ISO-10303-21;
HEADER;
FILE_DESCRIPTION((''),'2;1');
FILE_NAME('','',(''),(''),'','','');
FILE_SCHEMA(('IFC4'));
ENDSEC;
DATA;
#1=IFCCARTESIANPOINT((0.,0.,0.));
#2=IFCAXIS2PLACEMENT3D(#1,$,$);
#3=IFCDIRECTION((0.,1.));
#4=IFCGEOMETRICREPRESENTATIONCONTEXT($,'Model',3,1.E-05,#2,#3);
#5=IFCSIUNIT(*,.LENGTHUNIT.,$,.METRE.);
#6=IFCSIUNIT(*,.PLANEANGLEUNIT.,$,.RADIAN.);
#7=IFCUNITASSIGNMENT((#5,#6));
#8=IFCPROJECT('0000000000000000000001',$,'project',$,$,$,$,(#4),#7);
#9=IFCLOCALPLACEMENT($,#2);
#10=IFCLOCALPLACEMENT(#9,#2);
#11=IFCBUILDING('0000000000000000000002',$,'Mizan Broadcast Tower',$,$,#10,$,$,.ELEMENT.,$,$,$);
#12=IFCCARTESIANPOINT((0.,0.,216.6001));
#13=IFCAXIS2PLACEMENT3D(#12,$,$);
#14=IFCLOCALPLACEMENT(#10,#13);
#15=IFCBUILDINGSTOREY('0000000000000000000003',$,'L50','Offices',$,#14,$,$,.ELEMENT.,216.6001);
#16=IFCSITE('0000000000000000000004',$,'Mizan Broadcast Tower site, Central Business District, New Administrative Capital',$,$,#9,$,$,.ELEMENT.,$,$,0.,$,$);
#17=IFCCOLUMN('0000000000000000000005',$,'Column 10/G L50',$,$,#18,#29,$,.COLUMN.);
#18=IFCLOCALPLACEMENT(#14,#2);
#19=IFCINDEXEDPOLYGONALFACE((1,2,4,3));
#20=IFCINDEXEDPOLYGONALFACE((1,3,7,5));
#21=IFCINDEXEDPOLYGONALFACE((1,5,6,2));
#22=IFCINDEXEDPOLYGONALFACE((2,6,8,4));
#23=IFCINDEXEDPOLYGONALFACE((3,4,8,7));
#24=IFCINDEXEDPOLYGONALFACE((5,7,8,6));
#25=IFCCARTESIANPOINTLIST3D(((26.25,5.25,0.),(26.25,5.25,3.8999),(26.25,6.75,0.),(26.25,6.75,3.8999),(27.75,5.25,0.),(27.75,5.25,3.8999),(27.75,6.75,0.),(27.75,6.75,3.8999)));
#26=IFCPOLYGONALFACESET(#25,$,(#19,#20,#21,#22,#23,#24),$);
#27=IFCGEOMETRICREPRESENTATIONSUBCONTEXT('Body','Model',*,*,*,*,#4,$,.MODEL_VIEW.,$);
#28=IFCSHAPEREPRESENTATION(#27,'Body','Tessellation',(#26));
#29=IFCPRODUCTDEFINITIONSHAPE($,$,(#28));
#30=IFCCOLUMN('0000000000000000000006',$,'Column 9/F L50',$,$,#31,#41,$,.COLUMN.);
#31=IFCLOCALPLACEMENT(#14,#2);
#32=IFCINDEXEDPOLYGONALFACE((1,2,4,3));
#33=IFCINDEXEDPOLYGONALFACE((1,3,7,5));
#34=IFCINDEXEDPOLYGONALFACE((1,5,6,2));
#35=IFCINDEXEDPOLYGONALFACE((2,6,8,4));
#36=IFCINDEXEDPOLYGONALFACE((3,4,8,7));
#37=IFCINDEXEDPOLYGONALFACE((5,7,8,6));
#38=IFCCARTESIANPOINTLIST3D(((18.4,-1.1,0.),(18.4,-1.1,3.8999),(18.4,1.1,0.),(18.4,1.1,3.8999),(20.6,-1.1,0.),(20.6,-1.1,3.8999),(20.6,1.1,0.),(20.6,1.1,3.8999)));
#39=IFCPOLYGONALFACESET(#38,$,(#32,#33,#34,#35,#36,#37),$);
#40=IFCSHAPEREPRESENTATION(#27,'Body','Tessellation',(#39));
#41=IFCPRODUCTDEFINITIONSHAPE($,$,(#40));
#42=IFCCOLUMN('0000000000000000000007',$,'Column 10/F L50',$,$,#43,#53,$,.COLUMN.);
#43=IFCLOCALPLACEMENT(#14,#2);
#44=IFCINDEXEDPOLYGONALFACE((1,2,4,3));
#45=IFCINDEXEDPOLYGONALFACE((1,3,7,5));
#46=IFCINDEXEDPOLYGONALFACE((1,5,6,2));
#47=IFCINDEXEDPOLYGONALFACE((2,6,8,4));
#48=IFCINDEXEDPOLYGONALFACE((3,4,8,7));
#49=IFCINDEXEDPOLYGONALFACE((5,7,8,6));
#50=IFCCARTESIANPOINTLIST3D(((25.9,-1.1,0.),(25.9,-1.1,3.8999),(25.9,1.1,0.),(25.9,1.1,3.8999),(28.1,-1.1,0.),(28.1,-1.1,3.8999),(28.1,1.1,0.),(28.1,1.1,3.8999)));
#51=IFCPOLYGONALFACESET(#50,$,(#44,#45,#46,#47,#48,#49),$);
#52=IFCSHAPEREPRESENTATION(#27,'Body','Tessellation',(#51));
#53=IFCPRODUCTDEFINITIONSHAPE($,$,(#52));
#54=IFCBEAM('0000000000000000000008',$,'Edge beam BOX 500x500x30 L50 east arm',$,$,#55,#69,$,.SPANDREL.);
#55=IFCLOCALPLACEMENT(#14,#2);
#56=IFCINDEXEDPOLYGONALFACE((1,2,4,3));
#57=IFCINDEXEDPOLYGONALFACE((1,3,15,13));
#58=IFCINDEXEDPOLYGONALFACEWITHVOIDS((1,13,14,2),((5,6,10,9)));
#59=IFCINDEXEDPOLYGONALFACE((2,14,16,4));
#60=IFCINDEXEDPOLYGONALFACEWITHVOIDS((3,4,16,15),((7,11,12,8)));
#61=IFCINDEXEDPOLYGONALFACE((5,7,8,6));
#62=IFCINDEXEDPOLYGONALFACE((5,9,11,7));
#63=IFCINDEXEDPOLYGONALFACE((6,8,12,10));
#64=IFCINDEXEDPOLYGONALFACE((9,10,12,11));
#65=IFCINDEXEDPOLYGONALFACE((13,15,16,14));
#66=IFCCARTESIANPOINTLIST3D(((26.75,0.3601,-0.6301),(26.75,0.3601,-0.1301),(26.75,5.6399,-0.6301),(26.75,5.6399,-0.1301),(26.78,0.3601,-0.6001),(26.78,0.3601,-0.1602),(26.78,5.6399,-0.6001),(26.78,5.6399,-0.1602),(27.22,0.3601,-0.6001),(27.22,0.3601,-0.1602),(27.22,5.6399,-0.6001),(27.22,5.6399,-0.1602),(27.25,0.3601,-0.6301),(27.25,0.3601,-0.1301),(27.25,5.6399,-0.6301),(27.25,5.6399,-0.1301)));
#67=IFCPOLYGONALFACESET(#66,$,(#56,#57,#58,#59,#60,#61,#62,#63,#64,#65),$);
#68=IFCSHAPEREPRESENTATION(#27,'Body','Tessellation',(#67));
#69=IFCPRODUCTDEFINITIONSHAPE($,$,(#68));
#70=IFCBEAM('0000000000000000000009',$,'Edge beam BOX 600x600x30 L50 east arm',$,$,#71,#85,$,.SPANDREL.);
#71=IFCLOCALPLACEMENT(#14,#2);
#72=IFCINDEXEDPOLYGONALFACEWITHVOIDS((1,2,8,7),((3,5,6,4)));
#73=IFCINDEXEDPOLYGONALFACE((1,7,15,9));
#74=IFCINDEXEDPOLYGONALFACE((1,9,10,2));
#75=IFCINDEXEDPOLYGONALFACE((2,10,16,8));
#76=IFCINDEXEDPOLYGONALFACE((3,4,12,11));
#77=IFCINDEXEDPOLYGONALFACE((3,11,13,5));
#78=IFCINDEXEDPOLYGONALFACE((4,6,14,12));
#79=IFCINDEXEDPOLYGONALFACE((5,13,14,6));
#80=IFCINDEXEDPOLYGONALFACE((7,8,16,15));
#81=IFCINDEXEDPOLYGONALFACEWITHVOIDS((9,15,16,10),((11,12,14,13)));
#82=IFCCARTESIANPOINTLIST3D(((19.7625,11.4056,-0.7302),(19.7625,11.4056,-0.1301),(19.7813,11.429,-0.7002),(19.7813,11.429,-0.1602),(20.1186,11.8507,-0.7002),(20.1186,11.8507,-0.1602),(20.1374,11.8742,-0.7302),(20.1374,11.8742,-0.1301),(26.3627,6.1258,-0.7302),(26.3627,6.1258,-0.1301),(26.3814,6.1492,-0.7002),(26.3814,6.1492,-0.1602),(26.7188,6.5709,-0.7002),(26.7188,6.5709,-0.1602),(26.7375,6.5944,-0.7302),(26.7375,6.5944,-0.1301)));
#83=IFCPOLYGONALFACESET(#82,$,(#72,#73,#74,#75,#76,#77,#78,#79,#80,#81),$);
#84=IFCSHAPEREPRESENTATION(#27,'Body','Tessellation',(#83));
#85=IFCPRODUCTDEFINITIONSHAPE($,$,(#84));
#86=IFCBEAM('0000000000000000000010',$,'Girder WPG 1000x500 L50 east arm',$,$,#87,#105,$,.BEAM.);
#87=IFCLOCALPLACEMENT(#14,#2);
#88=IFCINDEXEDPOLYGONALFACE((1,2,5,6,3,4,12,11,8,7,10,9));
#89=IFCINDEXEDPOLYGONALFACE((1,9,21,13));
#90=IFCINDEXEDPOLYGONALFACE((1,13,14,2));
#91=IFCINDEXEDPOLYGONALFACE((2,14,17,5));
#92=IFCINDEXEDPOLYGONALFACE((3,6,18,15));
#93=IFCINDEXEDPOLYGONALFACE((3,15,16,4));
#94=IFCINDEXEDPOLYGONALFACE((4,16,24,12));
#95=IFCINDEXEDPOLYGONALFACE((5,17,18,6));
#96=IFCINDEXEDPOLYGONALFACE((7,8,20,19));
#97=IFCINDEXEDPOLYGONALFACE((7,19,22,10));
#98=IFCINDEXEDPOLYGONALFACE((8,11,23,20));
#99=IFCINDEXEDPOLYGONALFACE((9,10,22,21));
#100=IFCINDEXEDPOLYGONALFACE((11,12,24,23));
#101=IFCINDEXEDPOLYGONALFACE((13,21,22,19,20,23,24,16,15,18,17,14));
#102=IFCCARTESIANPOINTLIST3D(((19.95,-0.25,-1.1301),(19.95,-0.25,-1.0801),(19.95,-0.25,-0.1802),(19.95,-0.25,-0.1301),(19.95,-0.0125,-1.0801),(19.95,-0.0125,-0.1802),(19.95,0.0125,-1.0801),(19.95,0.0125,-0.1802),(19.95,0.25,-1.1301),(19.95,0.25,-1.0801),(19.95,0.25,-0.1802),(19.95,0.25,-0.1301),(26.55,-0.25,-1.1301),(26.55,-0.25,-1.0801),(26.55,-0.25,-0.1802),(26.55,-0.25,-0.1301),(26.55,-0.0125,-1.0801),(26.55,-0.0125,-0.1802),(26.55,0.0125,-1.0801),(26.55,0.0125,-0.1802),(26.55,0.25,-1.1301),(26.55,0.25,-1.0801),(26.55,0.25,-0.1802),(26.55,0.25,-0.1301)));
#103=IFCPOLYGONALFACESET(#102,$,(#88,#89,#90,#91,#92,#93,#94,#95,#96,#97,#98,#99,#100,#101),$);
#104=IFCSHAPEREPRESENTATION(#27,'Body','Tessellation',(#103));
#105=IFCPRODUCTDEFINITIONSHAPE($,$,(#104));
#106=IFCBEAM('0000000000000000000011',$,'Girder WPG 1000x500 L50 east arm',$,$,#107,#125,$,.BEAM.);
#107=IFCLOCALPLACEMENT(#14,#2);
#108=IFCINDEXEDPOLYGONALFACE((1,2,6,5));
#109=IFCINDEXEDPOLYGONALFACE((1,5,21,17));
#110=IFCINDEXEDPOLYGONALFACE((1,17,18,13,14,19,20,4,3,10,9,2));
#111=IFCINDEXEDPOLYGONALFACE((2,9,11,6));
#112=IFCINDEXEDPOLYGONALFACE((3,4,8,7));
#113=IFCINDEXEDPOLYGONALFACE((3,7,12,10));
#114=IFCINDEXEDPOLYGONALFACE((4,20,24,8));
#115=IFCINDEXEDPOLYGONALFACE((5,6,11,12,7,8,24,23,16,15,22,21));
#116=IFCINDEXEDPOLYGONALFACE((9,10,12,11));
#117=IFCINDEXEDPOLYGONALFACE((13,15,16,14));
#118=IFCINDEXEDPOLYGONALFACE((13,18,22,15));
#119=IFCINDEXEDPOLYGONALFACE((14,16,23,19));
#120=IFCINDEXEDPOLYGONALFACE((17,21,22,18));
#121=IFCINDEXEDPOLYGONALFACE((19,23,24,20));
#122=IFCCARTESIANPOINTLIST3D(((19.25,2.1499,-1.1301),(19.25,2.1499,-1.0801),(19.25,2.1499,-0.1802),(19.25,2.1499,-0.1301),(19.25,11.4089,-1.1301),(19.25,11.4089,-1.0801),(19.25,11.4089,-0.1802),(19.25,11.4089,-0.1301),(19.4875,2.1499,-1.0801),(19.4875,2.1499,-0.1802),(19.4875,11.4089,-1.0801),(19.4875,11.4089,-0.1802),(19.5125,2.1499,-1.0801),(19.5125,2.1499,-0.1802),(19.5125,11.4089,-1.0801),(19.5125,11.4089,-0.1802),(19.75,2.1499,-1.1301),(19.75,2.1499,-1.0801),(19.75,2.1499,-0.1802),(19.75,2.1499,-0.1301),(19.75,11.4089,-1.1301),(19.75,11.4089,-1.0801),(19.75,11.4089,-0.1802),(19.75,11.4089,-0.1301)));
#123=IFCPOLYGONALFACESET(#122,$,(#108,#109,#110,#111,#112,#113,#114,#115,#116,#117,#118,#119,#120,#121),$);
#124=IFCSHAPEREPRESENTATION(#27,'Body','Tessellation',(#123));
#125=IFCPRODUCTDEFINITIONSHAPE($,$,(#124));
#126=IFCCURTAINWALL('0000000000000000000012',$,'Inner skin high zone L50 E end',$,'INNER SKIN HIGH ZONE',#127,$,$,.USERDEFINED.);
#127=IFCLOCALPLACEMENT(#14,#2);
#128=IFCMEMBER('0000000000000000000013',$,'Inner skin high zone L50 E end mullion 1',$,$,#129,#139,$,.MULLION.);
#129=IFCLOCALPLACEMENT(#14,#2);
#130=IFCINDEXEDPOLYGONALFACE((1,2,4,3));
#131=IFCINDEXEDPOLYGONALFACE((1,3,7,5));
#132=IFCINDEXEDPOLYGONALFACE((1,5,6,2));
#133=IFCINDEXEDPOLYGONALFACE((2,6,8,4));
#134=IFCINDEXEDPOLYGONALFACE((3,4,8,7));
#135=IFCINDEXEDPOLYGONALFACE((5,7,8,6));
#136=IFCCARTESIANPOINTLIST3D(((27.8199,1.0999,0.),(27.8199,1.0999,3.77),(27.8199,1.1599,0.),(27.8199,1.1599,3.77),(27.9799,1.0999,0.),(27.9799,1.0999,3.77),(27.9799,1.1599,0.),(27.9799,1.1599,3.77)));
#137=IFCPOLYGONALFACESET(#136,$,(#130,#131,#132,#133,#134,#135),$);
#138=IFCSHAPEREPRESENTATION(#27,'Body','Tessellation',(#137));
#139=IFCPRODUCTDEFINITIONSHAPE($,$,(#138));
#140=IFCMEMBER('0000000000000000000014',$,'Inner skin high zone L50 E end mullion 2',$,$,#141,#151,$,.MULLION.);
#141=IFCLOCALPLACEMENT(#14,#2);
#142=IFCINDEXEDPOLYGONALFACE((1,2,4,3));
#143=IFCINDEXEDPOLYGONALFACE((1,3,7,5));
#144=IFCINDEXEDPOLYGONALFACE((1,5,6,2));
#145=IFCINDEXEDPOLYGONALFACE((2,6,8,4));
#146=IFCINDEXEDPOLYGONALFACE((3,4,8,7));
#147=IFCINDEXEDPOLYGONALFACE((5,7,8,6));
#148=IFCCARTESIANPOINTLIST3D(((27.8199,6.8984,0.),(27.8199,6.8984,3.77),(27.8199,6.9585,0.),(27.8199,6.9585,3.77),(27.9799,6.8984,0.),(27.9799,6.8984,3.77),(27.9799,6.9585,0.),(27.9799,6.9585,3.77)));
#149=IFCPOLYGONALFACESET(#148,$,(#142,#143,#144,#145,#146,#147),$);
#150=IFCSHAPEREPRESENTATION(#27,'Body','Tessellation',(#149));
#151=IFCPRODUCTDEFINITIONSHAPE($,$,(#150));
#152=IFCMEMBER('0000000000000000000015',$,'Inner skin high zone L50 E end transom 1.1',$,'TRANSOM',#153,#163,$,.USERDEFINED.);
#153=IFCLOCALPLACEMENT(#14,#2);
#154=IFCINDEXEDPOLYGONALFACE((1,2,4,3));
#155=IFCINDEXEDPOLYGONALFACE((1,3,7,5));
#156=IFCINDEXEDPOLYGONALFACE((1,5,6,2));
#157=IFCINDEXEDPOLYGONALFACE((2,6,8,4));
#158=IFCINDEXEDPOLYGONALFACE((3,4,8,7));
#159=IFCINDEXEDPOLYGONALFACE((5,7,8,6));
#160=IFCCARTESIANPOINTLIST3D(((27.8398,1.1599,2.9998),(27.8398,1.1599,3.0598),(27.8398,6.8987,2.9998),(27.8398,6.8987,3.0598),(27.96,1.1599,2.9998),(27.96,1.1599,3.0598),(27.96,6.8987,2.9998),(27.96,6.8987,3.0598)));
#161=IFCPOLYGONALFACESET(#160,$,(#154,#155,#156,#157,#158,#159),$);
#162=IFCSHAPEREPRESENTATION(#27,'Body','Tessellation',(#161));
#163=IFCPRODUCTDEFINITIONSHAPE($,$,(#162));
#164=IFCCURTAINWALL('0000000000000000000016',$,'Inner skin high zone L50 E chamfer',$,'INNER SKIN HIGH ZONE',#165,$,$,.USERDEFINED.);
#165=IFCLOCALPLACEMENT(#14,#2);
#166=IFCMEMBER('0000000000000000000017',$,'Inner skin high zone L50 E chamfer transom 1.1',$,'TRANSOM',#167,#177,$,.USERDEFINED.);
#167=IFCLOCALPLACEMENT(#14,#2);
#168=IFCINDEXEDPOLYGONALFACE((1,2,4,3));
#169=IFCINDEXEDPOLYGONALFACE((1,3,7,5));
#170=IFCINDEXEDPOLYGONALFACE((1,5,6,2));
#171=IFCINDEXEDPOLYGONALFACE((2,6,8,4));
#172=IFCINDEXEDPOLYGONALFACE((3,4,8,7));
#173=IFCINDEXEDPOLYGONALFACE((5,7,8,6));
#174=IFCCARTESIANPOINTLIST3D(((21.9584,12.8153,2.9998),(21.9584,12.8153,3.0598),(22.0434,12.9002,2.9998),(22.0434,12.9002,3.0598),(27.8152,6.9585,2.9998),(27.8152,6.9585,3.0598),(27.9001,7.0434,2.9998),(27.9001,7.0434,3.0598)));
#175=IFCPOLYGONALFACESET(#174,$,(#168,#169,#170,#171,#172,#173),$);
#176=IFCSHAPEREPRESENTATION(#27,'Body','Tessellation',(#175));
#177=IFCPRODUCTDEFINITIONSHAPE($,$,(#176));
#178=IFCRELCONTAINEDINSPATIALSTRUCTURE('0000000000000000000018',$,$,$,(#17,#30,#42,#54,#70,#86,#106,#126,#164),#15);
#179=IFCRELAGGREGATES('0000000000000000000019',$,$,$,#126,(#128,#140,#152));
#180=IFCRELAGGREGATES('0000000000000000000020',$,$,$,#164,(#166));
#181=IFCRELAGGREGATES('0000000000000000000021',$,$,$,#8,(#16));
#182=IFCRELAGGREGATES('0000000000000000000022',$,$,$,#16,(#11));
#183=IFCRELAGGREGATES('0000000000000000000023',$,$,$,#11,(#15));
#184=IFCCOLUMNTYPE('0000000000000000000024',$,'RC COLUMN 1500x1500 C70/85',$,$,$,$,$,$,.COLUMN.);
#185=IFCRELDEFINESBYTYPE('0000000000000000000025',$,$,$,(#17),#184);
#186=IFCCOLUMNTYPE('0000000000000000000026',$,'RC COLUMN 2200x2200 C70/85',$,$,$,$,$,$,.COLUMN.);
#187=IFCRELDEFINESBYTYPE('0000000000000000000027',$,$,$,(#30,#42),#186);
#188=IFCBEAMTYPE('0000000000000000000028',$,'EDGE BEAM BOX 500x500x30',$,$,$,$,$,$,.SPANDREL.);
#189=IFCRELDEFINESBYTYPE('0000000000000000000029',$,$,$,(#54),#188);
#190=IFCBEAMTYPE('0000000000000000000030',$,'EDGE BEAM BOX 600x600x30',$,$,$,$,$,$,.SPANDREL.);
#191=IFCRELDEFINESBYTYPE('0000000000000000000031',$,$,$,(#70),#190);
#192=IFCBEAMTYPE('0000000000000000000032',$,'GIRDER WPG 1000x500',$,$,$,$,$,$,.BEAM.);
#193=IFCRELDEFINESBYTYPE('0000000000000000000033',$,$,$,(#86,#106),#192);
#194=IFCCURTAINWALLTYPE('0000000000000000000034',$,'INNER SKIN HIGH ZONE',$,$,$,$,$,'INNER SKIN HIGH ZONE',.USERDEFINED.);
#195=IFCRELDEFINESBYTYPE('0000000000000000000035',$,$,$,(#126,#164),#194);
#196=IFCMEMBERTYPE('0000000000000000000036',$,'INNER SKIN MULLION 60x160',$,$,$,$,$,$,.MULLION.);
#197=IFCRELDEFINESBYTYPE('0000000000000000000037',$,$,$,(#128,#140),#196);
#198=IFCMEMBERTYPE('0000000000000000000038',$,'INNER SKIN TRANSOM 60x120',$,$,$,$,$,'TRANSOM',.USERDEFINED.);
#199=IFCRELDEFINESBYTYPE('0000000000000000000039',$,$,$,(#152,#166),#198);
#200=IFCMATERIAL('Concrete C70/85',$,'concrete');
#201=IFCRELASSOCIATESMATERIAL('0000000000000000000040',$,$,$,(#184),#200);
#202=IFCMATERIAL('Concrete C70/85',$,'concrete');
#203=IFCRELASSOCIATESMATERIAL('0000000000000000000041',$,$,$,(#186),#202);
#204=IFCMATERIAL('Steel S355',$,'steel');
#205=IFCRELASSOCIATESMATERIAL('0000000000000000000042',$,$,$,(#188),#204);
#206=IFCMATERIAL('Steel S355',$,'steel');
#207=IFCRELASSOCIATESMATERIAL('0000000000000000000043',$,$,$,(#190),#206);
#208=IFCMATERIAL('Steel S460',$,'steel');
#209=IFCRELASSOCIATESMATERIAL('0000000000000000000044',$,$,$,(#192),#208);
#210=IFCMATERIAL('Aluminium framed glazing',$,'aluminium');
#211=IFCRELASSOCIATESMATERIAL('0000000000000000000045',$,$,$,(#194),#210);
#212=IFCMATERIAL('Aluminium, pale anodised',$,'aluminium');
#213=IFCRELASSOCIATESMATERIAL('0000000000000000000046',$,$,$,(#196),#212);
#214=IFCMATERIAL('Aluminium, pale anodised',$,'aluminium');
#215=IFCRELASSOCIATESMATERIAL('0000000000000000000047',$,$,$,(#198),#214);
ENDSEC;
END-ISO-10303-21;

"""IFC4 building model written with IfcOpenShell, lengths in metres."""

from ifc_helpers import new_model, si_unit, direction, frame, origin, origin_2d, place, context, subcontext, project, spatial, rectangle, hollow_rectangle, i_section, extrude, material, material_profile, profile_set, type_object, element, aggregate, save


model = new_model("IFC4")

# Units and contexts
model_context = context("Model", 3, precision=1e-05, world=origin(), true_north=direction((0.0, 1.0)))
body_context = subcontext(model_context, "Body", "Model", "MODEL_VIEW")
ifc_project = project(units=[si_unit("LENGTHUNIT", "METRE"), si_unit("PLANEANGLEUNIT", "RADIAN")], contexts=[model_context])

# Site, building, storey
site_placement = place(None, origin())
site = spatial("IfcSite", under=ifc_project, at=site_placement, Name="Mizan Broadcast Tower site, Central Business District, New Administrative Capital", CompositionType="ELEMENT", RefElevation=0.0)
building_placement = place(site_placement, origin())
building = spatial("IfcBuilding", under=site, at=building_placement, Name="Mizan Broadcast Tower", CompositionType="ELEMENT")
storey_placement = place(building_placement, frame((0.0, 0.0, 216.6001)))
storey = spatial("IfcBuildingStorey", under=building, at=storey_placement, Name="L50", Description="Offices", CompositionType="ELEMENT", Elevation=216.6001)

# Columns
ifc_material_1 = material(Name="Concrete C70/85", Category="concrete")
ifc_material_profile_1 = material_profile(ifc_material_1, rectangle(XDim=1.5, YDim=1.5, at=origin_2d()), Name="RC 1500x1500")
ifc_profile_set_1 = profile_set([ifc_material_profile_1], Name="Concrete C70/85")
column_type_1 = type_object("IfcColumnType", Name="RC COLUMN 1500x1500 C70/85", PredefinedType="COLUMN", material=ifc_profile_set_1)
column_placement = place(storey_placement, frame((27.0, 6.0, 0.0), z_axis=(0.0, 0.0, 1.0), x_axis=(1.0, 0.0, 0.0)))
element("IfcColumn", 1, at=column_placement, inside=storey, type_object=column_type_1, Name="Column 10/G L50", PredefinedType="COLUMN", context=body_context, shape_type="SweptSolid", body=[
    extrude(rectangle(XDim=1.5, YDim=1.5, at=origin_2d()), origin(), (0.0, 0.0, 1.0), 3.8999),
])
ifc_material_2 = material(Name="Concrete C70/85", Category="concrete")
ifc_material_profile_2 = material_profile(ifc_material_2, rectangle(XDim=2.2, YDim=2.2, at=origin_2d()), Name="RC 2200x2200")
ifc_profile_set_2 = profile_set([ifc_material_profile_2], Name="Concrete C70/85")
column_type_2 = type_object("IfcColumnType", Name="RC COLUMN 2200x2200 C70/85", PredefinedType="COLUMN", material=ifc_profile_set_2)
for number, where, z_axis, x_axis, name in (
    (2, (19.5, 0.0, 0.0), (0.0, 0.0, 1.0), (1.0, 0.0, 0.0), "Column 9/F L50"),
    (3, (27.0, 0.0, 0.0), (0.0, 0.0, 1.0), (1.0, 0.0, 0.0), "Column 10/F L50"),
):
    element("IfcColumn", number, at=place(storey_placement, frame(where, z_axis=z_axis, x_axis=x_axis)), inside=storey, type_object=column_type_2, Name=name, PredefinedType="COLUMN", context=body_context, shape_type="SweptSolid", body=[
        extrude(rectangle(XDim=2.2, YDim=2.2, at=origin_2d()), origin(), (0.0, 0.0, 1.0), 3.8999),
    ])

# Beams
ifc_material_3 = material(Name="Steel S355", Category="steel")
ifc_material_profile_3 = material_profile(ifc_material_3, hollow_rectangle(XDim=0.5, YDim=0.5, WallThickness=0.03, at=origin_2d()), Name="BOX 500x500x30")
ifc_profile_set_3 = profile_set([ifc_material_profile_3], Name="Steel S355")
beam_type_1 = type_object("IfcBeamType", Name="EDGE BEAM BOX 500x500x30", PredefinedType="SPANDREL", material=ifc_profile_set_3)
beam_1_placement = place(storey_placement, frame((27.0, 5.6399, -0.3801), z_axis=(0.0, -1.0, 0.0), x_axis=(1.0, 0.0, 0.0)))
element("IfcBeam", 4, at=beam_1_placement, inside=storey, type_object=beam_type_1, Name="Edge beam BOX 500x500x30 L50 east arm", PredefinedType="SPANDREL", context=body_context, shape_type="SweptSolid", body=[
    extrude(hollow_rectangle(XDim=0.5, YDim=0.5, WallThickness=0.03, at=origin_2d()), origin(), (0.0, 0.0, 1.0), 5.2798),
])
ifc_material_4 = material(Name="Steel S355", Category="steel")
ifc_material_profile_4 = material_profile(ifc_material_4, hollow_rectangle(XDim=0.6001, YDim=0.6001, WallThickness=0.03, at=origin_2d()), Name="BOX 600x600x30")
ifc_profile_set_4 = profile_set([ifc_material_profile_4], Name="Steel S355")
beam_type_2 = type_object("IfcBeamType", Name="EDGE BEAM BOX 600x600x30", PredefinedType="SPANDREL", material=ifc_profile_set_4)
beam_2_placement = place(storey_placement, frame((19.95, 11.6399, -0.4302), z_axis=(0.780886, -0.624674, 0.0), x_axis=(0.624674, 0.780886, 0.0)))
element("IfcBeam", 5, at=beam_2_placement, inside=storey, type_object=beam_type_2, Name="Edge beam BOX 600x600x30 L50 east arm", PredefinedType="SPANDREL", context=body_context, shape_type="SweptSolid", body=[
    extrude(hollow_rectangle(XDim=0.6001, YDim=0.6001, WallThickness=0.03, at=origin_2d()), origin(), (0.0, 0.0, 1.0), 8.4521),
])
ifc_material_5 = material(Name="Steel S460", Category="steel")
ifc_material_profile_5 = material_profile(ifc_material_5, i_section(OverallWidth=0.5, OverallDepth=1.0, WebThickness=0.0249, FlangeThickness=0.05, at=origin_2d()), Name="WPG 1000x500")
ifc_profile_set_5 = profile_set([ifc_material_profile_5], Name="Steel S460")
beam_type_3 = type_object("IfcBeamType", Name="GIRDER WPG 1000x500", PredefinedType="BEAM", material=ifc_profile_set_5)
beam_3_placement = place(storey_placement, frame((19.95, 0.0, -0.6301), z_axis=(1.0, 0.0, 0.0), x_axis=(0.0, 1.0, 0.0)))
element("IfcBeam", 6, at=beam_3_placement, inside=storey, type_object=beam_type_3, Name="Girder WPG 1000x500 L50 east arm", PredefinedType="BEAM", context=body_context, shape_type="SweptSolid", body=[
    extrude(i_section(OverallWidth=0.5, OverallDepth=1.0, WebThickness=0.0249, FlangeThickness=0.05, at=origin_2d()), origin(), (0.0, 0.0, 1.0), 6.6001),
])
beam_4_placement = place(storey_placement, frame((19.5, 11.4089, -0.6301), z_axis=(0.0, -1.0, 0.0), x_axis=(1.0, 0.0, 0.0)))
element("IfcBeam", 7, at=beam_4_placement, inside=storey, type_object=beam_type_3, Name="Girder WPG 1000x500 L50 east arm", PredefinedType="BEAM", context=body_context, shape_type="SweptSolid", body=[
    extrude(i_section(OverallWidth=0.5, OverallDepth=1.0, WebThickness=0.0249, FlangeThickness=0.05, at=origin_2d()), origin(), (0.0, 0.0, 1.0), 9.259),
])

# Curtain wall, members
ifc_material_6 = material(Name="Aluminium framed glazing", Category="aluminium")
curtain_wall_type_1 = type_object("IfcCurtainWallType", Name="INNER SKIN HIGH ZONE", ElementType="INNER SKIN HIGH ZONE", PredefinedType="USERDEFINED", material=ifc_material_6)
curtain_wall_1_placement = place(storey_placement, origin())
curtain_wall_1 = element("IfcCurtainWall", 8, at=curtain_wall_1_placement, inside=storey, type_object=curtain_wall_type_1, Name="Inner skin high zone L50 E end", ObjectType="INNER SKIN HIGH ZONE", PredefinedType="USERDEFINED")
ifc_material_7 = material(Name="Aluminium, pale anodised", Category="aluminium")
ifc_material_profile_6 = material_profile(ifc_material_7, rectangle(XDim=0.1599, YDim=0.0601, at=origin_2d()), Name="MULLION 160x60")
ifc_profile_set_6 = profile_set([ifc_material_profile_6], Name="Aluminium, pale anodised")
member_type_1 = type_object("IfcMemberType", Name="INNER SKIN MULLION 60x160", PredefinedType="MULLION", material=ifc_profile_set_6)
member_1_placement = place(storey_placement, frame((27.8999, 1.1299, 0.0), z_axis=(0.0, 0.0, 1.0), x_axis=(-1.0, 0.0, 0.0)))
member_1 = element("IfcMember", 9, at=member_1_placement, type_object=member_type_1, Name="Inner skin high zone L50 E end mullion 1", PredefinedType="MULLION", context=body_context, shape_type="SweptSolid", body=[
    extrude(rectangle(XDim=0.1599, YDim=0.0601, at=origin_2d()), origin(), (0.0, 0.0, 1.0), 3.77),
])
member_2_placement = place(storey_placement, frame((27.8999, 6.9285, 0.0), z_axis=(0.0, 0.0, 1.0), x_axis=(-1.0, 0.0, 0.0)))
member_2 = element("IfcMember", 10, at=member_2_placement, type_object=member_type_1, Name="Inner skin high zone L50 E end mullion 2", PredefinedType="MULLION", context=body_context, shape_type="SweptSolid", body=[
    extrude(rectangle(XDim=0.1599, YDim=0.0601, at=origin_2d()), origin(), (0.0, 0.0, 1.0), 3.77),
])
ifc_material_8 = material(Name="Aluminium, pale anodised", Category="aluminium")
ifc_material_profile_7 = material_profile(ifc_material_8, rectangle(XDim=0.1201, YDim=0.0601, at=origin_2d()), Name="TRANSOM 120x60")
ifc_profile_set_7 = profile_set([ifc_material_profile_7], Name="Aluminium, pale anodised")
member_type_2 = type_object("IfcMemberType", Name="INNER SKIN TRANSOM 60x120", ElementType="TRANSOM", PredefinedType="USERDEFINED", material=ifc_profile_set_7)
member_3_placement = place(storey_placement, frame((27.8999, 1.1599, 3.0298), z_axis=(0.0, 1.0, 0.0), x_axis=(-1.0, 0.0, 0.0)))
member_3 = element("IfcMember", 11, at=member_3_placement, type_object=member_type_2, Name="Inner skin high zone L50 E end transom 1.1", ObjectType="TRANSOM", PredefinedType="USERDEFINED", context=body_context, shape_type="SweptSolid", body=[
    extrude(rectangle(XDim=0.1201, YDim=0.0601, at=origin_2d()), origin(), (0.0, 0.0, 1.0), 5.7388),
])

# Curtain wall, member
curtain_wall_2_placement = place(storey_placement, origin())
curtain_wall_2 = element("IfcCurtainWall", 12, at=curtain_wall_2_placement, inside=storey, type_object=curtain_wall_type_1, Name="Inner skin high zone L50 E chamfer", ObjectType="INNER SKIN HIGH ZONE", PredefinedType="USERDEFINED")
member_4_placement = place(storey_placement, frame((27.8577, 7.001, 3.0298), z_axis=(-0.707107, 0.707107, 0.0), x_axis=(-0.707107, -0.707107, 0.0)))
member_4 = element("IfcMember", 13, at=member_4_placement, type_object=member_type_2, Name="Inner skin high zone L50 E chamfer transom 1.1", ObjectType="TRANSOM", PredefinedType="USERDEFINED", context=body_context, shape_type="SweptSolid", body=[
    extrude(rectangle(XDim=0.1201, YDim=0.0601, at=origin_2d()), origin(), (0.0, 0.0, 1.0), 8.2827),
])

aggregate(curtain_wall_1, [member_1, member_2, member_3])
aggregate(curtain_wall_2, [member_4])

save(model, "model.ifc")
